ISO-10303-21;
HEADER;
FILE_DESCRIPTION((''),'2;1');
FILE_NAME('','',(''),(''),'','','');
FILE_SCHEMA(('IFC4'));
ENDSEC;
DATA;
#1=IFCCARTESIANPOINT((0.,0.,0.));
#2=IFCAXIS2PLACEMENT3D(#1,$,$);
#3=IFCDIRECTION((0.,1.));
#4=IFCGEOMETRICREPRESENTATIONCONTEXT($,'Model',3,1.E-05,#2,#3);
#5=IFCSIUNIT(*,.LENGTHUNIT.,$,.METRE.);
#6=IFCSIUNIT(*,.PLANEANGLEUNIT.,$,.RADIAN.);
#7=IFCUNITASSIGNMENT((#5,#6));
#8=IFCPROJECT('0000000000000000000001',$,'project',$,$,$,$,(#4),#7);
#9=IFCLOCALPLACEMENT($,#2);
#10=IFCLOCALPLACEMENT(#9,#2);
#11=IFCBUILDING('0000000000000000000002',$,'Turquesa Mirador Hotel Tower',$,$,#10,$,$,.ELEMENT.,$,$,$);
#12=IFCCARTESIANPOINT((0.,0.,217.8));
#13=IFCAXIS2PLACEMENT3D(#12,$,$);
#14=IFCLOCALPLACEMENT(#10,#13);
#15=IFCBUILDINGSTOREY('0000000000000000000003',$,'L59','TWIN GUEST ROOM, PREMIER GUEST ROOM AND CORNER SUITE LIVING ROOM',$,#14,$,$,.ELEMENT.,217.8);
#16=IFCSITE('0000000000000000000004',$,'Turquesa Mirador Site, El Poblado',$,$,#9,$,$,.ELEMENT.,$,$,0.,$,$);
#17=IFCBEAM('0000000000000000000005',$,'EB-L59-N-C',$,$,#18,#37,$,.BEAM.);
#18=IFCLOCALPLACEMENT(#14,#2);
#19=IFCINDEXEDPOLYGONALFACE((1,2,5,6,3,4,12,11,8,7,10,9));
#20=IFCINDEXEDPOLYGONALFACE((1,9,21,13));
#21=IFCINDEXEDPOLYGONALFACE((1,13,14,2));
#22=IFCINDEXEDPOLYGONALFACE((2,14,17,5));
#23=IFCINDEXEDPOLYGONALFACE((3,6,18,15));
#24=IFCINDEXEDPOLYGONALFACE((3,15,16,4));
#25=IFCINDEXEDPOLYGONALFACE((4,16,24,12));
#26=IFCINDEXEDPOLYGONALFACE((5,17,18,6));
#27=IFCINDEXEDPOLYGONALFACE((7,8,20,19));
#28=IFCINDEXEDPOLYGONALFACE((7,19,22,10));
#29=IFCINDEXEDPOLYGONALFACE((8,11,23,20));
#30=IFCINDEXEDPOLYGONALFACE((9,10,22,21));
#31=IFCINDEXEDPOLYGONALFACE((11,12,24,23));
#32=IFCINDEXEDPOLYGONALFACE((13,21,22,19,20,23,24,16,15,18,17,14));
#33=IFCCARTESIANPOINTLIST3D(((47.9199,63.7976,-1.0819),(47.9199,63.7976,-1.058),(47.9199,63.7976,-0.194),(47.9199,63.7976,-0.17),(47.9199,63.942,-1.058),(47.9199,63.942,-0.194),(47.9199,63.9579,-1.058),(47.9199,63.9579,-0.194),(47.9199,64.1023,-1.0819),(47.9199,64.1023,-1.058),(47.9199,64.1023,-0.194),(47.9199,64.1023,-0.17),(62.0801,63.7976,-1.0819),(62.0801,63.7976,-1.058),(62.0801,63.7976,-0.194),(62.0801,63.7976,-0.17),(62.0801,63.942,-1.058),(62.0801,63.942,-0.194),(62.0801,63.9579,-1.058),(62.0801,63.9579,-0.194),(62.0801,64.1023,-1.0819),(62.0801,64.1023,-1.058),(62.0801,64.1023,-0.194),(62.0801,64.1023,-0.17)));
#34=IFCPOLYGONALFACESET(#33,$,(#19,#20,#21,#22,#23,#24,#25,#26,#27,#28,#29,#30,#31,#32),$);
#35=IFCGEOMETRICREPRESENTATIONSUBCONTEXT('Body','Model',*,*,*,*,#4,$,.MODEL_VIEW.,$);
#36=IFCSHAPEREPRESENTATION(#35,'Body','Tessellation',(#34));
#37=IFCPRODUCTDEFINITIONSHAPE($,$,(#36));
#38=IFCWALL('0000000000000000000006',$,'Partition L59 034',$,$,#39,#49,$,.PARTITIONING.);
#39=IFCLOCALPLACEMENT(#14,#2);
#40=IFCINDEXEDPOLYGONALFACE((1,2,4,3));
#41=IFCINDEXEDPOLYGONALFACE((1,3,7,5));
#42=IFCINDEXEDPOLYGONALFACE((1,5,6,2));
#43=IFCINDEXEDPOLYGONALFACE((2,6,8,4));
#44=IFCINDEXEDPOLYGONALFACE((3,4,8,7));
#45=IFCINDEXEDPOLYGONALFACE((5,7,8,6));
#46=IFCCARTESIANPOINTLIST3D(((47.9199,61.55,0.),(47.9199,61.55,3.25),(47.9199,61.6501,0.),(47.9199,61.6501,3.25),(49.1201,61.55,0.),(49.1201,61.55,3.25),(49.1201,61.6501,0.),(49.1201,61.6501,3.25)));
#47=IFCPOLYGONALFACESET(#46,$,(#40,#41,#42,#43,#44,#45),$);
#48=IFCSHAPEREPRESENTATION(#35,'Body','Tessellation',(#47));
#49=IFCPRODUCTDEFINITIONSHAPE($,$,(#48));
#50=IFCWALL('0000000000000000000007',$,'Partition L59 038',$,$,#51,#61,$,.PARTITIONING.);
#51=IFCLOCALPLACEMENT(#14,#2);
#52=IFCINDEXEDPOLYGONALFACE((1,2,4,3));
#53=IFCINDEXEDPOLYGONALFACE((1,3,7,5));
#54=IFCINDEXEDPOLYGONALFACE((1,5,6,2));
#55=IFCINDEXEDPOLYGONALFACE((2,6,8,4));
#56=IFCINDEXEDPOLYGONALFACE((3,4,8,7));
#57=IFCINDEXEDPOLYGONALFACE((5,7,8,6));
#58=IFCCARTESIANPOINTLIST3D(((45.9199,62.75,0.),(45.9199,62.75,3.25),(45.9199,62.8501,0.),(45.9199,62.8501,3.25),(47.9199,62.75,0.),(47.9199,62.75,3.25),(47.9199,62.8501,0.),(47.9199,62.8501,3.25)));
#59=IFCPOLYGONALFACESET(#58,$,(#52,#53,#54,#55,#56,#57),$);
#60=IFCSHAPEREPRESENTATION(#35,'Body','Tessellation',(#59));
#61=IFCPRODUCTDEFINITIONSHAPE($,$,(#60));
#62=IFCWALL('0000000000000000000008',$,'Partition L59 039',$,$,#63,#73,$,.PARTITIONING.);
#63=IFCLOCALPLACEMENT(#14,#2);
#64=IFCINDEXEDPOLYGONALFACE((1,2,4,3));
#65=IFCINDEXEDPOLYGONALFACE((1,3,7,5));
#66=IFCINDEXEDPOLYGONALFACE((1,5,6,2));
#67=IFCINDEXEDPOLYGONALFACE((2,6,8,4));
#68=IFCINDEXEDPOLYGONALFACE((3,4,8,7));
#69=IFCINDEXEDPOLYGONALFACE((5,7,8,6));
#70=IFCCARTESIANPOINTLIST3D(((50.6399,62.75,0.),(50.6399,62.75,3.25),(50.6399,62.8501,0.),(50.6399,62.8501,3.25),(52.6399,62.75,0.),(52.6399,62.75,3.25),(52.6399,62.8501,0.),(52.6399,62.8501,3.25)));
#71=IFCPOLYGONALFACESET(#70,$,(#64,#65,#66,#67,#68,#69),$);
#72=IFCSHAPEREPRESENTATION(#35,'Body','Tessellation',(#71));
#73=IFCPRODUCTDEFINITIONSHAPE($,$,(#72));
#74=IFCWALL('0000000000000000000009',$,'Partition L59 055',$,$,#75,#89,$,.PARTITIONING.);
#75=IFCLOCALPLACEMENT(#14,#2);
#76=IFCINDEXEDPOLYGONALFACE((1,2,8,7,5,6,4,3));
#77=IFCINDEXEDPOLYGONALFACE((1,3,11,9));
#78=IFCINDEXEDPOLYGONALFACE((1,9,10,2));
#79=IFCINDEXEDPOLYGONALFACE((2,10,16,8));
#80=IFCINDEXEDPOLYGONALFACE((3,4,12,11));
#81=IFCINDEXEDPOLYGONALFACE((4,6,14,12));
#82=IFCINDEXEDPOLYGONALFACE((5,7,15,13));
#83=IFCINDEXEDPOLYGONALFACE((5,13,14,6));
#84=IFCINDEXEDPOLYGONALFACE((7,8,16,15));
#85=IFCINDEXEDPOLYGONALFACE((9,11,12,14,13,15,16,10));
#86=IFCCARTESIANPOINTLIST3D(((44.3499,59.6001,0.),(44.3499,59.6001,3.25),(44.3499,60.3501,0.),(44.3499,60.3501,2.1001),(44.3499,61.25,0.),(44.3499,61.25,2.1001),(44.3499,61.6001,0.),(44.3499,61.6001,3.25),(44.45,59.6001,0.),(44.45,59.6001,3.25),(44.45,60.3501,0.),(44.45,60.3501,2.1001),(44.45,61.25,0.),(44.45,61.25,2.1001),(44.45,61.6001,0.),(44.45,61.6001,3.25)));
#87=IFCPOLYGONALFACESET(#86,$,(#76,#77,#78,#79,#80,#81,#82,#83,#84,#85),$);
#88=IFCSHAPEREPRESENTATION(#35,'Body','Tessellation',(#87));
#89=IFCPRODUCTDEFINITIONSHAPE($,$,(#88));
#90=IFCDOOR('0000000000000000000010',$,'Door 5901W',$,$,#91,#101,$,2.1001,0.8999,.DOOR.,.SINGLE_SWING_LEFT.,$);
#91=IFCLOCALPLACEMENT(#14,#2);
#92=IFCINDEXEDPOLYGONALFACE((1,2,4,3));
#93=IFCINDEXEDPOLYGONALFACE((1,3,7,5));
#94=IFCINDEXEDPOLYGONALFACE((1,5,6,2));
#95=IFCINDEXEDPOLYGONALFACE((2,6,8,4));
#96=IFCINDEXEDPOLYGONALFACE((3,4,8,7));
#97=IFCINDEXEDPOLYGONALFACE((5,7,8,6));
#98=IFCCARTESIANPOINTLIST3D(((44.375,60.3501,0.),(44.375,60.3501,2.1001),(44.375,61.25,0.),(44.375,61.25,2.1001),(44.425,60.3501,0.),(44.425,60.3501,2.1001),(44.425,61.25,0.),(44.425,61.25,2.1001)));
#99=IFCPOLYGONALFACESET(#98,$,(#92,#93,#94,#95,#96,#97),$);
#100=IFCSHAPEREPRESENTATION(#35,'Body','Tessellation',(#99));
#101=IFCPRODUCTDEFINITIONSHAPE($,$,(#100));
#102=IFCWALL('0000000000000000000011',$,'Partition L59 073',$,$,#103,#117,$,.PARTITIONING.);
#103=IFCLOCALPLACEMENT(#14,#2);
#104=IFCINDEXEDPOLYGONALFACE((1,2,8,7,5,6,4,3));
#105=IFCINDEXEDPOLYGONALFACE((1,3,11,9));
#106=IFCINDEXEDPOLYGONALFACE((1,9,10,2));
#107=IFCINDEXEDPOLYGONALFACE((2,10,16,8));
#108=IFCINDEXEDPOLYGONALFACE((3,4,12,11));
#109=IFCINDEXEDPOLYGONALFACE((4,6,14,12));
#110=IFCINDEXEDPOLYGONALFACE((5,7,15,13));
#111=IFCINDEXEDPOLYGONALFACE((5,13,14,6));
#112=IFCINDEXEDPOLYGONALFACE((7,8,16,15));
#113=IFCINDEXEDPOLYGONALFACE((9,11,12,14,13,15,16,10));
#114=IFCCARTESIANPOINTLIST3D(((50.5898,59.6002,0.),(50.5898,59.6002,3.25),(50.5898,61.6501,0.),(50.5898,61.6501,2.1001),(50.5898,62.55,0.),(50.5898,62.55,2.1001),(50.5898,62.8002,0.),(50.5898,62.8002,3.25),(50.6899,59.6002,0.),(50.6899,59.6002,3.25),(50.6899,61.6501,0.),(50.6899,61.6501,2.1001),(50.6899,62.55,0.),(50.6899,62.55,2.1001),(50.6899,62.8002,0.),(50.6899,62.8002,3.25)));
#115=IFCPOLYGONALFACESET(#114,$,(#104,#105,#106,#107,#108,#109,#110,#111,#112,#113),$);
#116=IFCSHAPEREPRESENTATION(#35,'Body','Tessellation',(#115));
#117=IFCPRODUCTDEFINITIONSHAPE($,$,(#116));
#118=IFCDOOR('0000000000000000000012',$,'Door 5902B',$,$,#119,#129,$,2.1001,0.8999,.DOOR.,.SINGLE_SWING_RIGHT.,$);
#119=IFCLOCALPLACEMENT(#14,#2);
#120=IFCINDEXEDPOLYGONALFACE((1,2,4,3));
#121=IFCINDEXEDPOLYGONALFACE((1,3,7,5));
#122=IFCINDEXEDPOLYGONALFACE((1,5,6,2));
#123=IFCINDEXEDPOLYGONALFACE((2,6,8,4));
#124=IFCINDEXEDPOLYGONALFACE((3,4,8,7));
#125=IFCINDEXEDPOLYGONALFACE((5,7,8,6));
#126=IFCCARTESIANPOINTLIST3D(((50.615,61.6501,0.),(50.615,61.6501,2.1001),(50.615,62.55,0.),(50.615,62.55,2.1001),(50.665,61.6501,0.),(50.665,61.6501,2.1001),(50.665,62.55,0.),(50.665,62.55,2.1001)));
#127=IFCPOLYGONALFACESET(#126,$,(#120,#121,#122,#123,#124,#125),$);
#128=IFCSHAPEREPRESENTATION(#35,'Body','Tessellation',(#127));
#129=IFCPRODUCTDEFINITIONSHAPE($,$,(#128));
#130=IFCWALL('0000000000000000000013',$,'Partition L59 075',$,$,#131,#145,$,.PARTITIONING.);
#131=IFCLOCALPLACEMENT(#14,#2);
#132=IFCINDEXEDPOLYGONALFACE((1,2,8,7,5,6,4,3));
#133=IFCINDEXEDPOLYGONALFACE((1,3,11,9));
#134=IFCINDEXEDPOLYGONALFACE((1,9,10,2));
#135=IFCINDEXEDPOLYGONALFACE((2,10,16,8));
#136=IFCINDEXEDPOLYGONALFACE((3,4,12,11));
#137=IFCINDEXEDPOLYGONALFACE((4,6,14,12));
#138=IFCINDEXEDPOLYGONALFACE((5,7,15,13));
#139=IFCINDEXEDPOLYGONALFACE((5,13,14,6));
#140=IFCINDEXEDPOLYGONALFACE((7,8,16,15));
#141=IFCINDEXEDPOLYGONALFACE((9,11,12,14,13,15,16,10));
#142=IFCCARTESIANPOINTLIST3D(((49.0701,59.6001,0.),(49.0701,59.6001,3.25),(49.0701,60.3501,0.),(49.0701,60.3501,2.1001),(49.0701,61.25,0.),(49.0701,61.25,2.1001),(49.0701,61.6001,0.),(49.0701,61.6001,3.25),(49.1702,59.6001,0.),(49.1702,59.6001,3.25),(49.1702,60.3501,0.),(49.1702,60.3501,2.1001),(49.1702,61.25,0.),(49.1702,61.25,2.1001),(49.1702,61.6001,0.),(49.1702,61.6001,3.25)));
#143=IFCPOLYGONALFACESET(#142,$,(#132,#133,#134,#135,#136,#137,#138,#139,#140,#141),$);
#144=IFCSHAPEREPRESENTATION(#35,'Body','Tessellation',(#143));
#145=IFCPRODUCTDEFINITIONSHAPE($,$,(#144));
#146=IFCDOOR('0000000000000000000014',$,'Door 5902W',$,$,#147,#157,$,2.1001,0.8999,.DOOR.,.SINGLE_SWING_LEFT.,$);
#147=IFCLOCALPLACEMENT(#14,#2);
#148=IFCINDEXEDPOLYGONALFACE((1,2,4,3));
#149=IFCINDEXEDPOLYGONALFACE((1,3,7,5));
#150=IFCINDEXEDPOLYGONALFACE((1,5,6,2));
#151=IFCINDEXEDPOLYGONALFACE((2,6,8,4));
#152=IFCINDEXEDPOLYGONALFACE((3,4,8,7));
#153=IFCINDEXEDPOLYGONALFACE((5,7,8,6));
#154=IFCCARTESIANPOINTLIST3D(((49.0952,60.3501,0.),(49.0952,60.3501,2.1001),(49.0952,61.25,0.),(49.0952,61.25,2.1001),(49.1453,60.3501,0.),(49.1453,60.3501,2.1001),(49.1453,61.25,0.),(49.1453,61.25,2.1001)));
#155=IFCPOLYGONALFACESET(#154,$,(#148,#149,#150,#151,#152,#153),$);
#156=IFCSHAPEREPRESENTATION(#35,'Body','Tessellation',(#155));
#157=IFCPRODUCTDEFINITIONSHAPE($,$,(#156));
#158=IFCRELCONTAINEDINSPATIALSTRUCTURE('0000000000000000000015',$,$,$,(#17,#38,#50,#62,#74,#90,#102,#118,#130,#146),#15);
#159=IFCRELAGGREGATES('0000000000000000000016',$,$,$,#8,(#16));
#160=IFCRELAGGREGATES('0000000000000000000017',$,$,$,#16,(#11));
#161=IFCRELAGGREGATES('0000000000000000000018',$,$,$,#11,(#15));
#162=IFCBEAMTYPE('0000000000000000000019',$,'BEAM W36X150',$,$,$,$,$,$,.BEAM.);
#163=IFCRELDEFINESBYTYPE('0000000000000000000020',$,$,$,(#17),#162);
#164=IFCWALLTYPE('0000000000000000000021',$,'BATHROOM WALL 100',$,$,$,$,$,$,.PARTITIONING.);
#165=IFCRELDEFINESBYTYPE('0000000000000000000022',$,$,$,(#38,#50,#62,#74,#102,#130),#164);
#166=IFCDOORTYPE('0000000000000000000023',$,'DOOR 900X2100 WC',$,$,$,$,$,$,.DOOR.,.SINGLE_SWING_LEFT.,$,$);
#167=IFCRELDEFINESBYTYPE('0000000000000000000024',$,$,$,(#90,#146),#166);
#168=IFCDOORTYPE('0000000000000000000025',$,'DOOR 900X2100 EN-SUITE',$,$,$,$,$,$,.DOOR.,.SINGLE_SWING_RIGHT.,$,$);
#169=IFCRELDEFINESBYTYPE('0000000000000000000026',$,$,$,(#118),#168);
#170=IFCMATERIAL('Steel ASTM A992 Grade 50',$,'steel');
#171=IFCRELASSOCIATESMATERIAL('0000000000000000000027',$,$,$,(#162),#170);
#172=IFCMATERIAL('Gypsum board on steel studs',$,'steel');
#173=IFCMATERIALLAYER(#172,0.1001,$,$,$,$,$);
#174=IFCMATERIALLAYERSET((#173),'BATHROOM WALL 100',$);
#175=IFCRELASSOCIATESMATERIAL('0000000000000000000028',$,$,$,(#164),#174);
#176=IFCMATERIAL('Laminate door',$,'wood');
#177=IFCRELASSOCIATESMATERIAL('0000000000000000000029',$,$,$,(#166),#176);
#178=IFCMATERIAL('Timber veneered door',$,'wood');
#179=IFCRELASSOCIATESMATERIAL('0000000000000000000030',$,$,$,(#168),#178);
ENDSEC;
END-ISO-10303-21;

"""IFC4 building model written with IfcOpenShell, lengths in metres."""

from ifc_helpers import new_model, si_unit, direction, frame, frame_2d, origin, origin_2d, place, context, subcontext, project, spatial, rectangle, i_section, extrude, material, layer, layer_set, material_profile, profile_set, type_object, element, fill, save


model = new_model("IFC4")

# Units and contexts
model_context = context("Model", 3, precision=1e-05, world=origin(), true_north=direction((0.0, 1.0)))
body_context = subcontext(model_context, "Body", "Model", "MODEL_VIEW")
ifc_project = project(units=[si_unit("LENGTHUNIT", "METRE"), si_unit("PLANEANGLEUNIT", "RADIAN")], contexts=[model_context])

# Site, building, storey
site_placement = place(None, origin())
site = spatial("IfcSite", under=ifc_project, at=site_placement, Name="Turquesa Mirador Site, El Poblado", CompositionType="ELEMENT", RefElevation=0.0)
building_placement = place(site_placement, origin())
building = spatial("IfcBuilding", under=site, at=building_placement, Name="Turquesa Mirador Hotel Tower", CompositionType="ELEMENT")
storey_placement = place(building_placement, frame((0.0, 0.0, 217.8)))
storey = spatial("IfcBuildingStorey", under=building, at=storey_placement, Name="L59", Description="TWIN GUEST ROOM, PREMIER GUEST ROOM AND CORNER SUITE LIVING ROOM", CompositionType="ELEMENT", Elevation=217.8)

# Beam
ifc_material_1 = material(Name="Steel ASTM A992 Grade 50", Category="steel")
ifc_material_profile_1 = material_profile(ifc_material_1, i_section(OverallWidth=0.3047, OverallDepth=0.9119, WebThickness=0.0159, FlangeThickness=0.0239, at=origin_2d()), Name="W36X150")
ifc_profile_set_1 = profile_set([ifc_material_profile_1], Name="Steel ASTM A992 Grade 50")
beam_type_1 = type_object("IfcBeamType", Name="BEAM W36X150", PredefinedType="BEAM", material=ifc_profile_set_1)
beam_1_placement = place(storey_placement, frame((47.9199, 63.95, -0.626), z_axis=(1.0, 0.0, 0.0), x_axis=(0.0, 1.0, 0.0)))
element("IfcBeam", 1, at=beam_1_placement, inside=storey, type_object=beam_type_1, Name="EB-L59-N-C", PredefinedType="BEAM", context=body_context, shape_type="SweptSolid", body=[
    extrude(i_section(OverallWidth=0.3047, OverallDepth=0.9119, WebThickness=0.0159, FlangeThickness=0.0239, at=origin_2d()), origin(), (0.0, 0.0, 1.0), 14.1602),
])

# Walls
ifc_material_2 = material(Name="Gypsum board on steel studs", Category="steel")
ifc_layer_1 = layer(ifc_material_2, 0.1001)
ifc_layer_set_1 = layer_set([ifc_layer_1], Name="BATHROOM WALL 100")
wall_type_1 = type_object("IfcWallType", Name="BATHROOM WALL 100", PredefinedType="PARTITIONING", material=ifc_layer_set_1)
wall_1_placement = place(storey_placement, frame((47.9199, 61.6001, 0.0), z_axis=(0.0, 0.0, 1.0), x_axis=(1.0, 0.0, 0.0)))
element("IfcWall", 2, at=wall_1_placement, inside=storey, type_object=wall_type_1, Name="Partition L59 034", PredefinedType="PARTITIONING", context=body_context, shape_type="SweptSolid", body=[
    extrude(rectangle(XDim=1.2002, YDim=0.1001, at=frame_2d((0.6001, 0.0))), origin(), (0.0, 0.0, 1.0), 3.25),
])
for number, where, z_axis, x_axis, name in (
    (3, (45.9199, 62.8, 0.0), (0.0, 0.0, 1.0), (1.0, 0.0, 0.0), "Partition L59 038"),
    (4, (50.6399, 62.8, 0.0), (0.0, 0.0, 1.0), (1.0, 0.0, 0.0), "Partition L59 039"),
):
    element("IfcWall", number, at=place(storey_placement, frame(where, z_axis=z_axis, x_axis=x_axis)), inside=storey, type_object=wall_type_1, Name=name, PredefinedType="PARTITIONING", context=body_context, shape_type="SweptSolid", body=[
        extrude(rectangle(XDim=2.0, YDim=0.1001, at=frame_2d((1.0, 0.0))), origin(), (0.0, 0.0, 1.0), 3.25),
    ])

# Walls, openings, doors
wall_2_placement = place(storey_placement, frame((44.3999, 59.6001, 0.0), z_axis=(0.0, 0.0, 1.0), x_axis=(0.0, 1.0, 0.0)))
wall_2 = element("IfcWall", 5, at=wall_2_placement, inside=storey, type_object=wall_type_1, Name="Partition L59 055", PredefinedType="PARTITIONING", context=body_context, shape_type="SweptSolid", body=[
    extrude(rectangle(XDim=2.0, YDim=0.1001, at=frame_2d((1.0, 0.0))), origin(), (0.0, 0.0, 1.0), 3.25),
])
opening_1_placement = place(wall_2_placement, frame((0.75, 0.0, 0.0)))
opening_1 = element("IfcOpeningElement", 6, at=opening_1_placement, cuts=wall_2, PredefinedType="OPENING", context=body_context, shape_type="SweptSolid", body=[
    extrude(rectangle(XDim=0.8999, YDim=2.1001, at=frame_2d((0.45, 1.05))), frame((0.0, 0.0601, 0.0), z_axis=(0.0, -1.0, 0.0), x_axis=(1.0, 0.0, 0.0)), (0.0, 0.0, 1.0), 0.1201),
])
ifc_material_3 = material(Name="Laminate door", Category="wood")
door_type_1 = type_object("IfcDoorType", Name="DOOR 900X2100 WC", OperationType="SINGLE_SWING_LEFT", PredefinedType="DOOR", material=ifc_material_3)
door_1_placement = place(opening_1_placement, origin())
door_1 = element("IfcDoor", 7, at=door_1_placement, inside=storey, type_object=door_type_1, Name="Door 5901W", OperationType="SINGLE_SWING_LEFT", OverallHeight=2.1001, OverallWidth=0.8999, PredefinedType="DOOR", context=body_context, shape_type="SweptSolid", body=[
    extrude(rectangle(XDim=0.8999, YDim=2.1001, at=frame_2d((0.45, 1.05))), frame((0.0, 0.0249, 0.0), z_axis=(0.0, -1.0, 0.0), x_axis=(1.0, 0.0, 0.0)), (0.0, 0.0, 1.0), 0.05),
])
fill(opening_1, door_1)
wall_3_placement = place(storey_placement, frame((50.6399, 59.6001, 0.0), z_axis=(0.0, 0.0, 1.0), x_axis=(0.0, 1.0, 0.0)))
wall_3 = element("IfcWall", 8, at=wall_3_placement, inside=storey, type_object=wall_type_1, Name="Partition L59 073", PredefinedType="PARTITIONING", context=body_context, shape_type="SweptSolid", body=[
    extrude(rectangle(XDim=3.2, YDim=0.1001, at=frame_2d((1.6001, 0.0))), origin(), (0.0, 0.0, 1.0), 3.25),
])
opening_2_placement = place(wall_3_placement, frame((2.05, 0.0, 0.0)))
opening_2 = element("IfcOpeningElement", 9, at=opening_2_placement, cuts=wall_3, PredefinedType="OPENING", context=body_context, shape_type="SweptSolid", body=[
    extrude(rectangle(XDim=0.8999, YDim=2.1001, at=frame_2d((0.45, 1.05))), frame((0.0, 0.0601, 0.0), z_axis=(0.0, -1.0, 0.0), x_axis=(1.0, 0.0, 0.0)), (0.0, 0.0, 1.0), 0.1201),
])
ifc_material_4 = material(Name="Timber veneered door", Category="wood")
door_type_2 = type_object("IfcDoorType", Name="DOOR 900X2100 EN-SUITE", OperationType="SINGLE_SWING_RIGHT", PredefinedType="DOOR", material=ifc_material_4)
door_2_placement = place(opening_2_placement, origin())
door_2 = element("IfcDoor", 10, at=door_2_placement, inside=storey, type_object=door_type_2, Name="Door 5902B", OperationType="SINGLE_SWING_RIGHT", OverallHeight=2.1001, OverallWidth=0.8999, PredefinedType="DOOR", context=body_context, shape_type="SweptSolid", body=[
    extrude(rectangle(XDim=0.8999, YDim=2.1001, at=frame_2d((0.45, 1.05))), frame((0.0, 0.0249, 0.0), z_axis=(0.0, -1.0, 0.0), x_axis=(1.0, 0.0, 0.0)), (0.0, 0.0, 1.0), 0.05),
])
fill(opening_2, door_2)
wall_4_placement = place(storey_placement, frame((49.1201, 59.6001, 0.0), z_axis=(0.0, 0.0, 1.0), x_axis=(0.0, 1.0, 0.0)))
wall_4 = element("IfcWall", 11, at=wall_4_placement, inside=storey, type_object=wall_type_1, Name="Partition L59 075", PredefinedType="PARTITIONING", context=body_context, shape_type="SweptSolid", body=[
    extrude(rectangle(XDim=2.0, YDim=0.1001, at=frame_2d((1.0, 0.0))), origin(), (0.0, 0.0, 1.0), 3.25),
])
opening_3_placement = place(wall_4_placement, frame((0.75, 0.0, 0.0)))
opening_3 = element("IfcOpeningElement", 12, at=opening_3_placement, cuts=wall_4, PredefinedType="OPENING", context=body_context, shape_type="SweptSolid", body=[
    extrude(rectangle(XDim=0.8999, YDim=2.1001, at=frame_2d((0.45, 1.05))), frame((0.0, 0.0601, 0.0), z_axis=(0.0, -1.0, 0.0), x_axis=(1.0, 0.0, 0.0)), (0.0, 0.0, 1.0), 0.1201),
])
door_3_placement = place(opening_3_placement, origin())
door_3 = element("IfcDoor", 13, at=door_3_placement, inside=storey, type_object=door_type_1, Name="Door 5902W", OperationType="SINGLE_SWING_LEFT", OverallHeight=2.1001, OverallWidth=0.8999, PredefinedType="DOOR", context=body_context, shape_type="SweptSolid", body=[
    extrude(rectangle(XDim=0.8999, YDim=2.1001, at=frame_2d((0.45, 1.05))), frame((0.0, 0.0249, 0.0), z_axis=(0.0, -1.0, 0.0), x_axis=(1.0, 0.0, 0.0)), (0.0, 0.0, 1.0), 0.05),
])
fill(opening_3, door_3)

save(model, "model.ifc")
